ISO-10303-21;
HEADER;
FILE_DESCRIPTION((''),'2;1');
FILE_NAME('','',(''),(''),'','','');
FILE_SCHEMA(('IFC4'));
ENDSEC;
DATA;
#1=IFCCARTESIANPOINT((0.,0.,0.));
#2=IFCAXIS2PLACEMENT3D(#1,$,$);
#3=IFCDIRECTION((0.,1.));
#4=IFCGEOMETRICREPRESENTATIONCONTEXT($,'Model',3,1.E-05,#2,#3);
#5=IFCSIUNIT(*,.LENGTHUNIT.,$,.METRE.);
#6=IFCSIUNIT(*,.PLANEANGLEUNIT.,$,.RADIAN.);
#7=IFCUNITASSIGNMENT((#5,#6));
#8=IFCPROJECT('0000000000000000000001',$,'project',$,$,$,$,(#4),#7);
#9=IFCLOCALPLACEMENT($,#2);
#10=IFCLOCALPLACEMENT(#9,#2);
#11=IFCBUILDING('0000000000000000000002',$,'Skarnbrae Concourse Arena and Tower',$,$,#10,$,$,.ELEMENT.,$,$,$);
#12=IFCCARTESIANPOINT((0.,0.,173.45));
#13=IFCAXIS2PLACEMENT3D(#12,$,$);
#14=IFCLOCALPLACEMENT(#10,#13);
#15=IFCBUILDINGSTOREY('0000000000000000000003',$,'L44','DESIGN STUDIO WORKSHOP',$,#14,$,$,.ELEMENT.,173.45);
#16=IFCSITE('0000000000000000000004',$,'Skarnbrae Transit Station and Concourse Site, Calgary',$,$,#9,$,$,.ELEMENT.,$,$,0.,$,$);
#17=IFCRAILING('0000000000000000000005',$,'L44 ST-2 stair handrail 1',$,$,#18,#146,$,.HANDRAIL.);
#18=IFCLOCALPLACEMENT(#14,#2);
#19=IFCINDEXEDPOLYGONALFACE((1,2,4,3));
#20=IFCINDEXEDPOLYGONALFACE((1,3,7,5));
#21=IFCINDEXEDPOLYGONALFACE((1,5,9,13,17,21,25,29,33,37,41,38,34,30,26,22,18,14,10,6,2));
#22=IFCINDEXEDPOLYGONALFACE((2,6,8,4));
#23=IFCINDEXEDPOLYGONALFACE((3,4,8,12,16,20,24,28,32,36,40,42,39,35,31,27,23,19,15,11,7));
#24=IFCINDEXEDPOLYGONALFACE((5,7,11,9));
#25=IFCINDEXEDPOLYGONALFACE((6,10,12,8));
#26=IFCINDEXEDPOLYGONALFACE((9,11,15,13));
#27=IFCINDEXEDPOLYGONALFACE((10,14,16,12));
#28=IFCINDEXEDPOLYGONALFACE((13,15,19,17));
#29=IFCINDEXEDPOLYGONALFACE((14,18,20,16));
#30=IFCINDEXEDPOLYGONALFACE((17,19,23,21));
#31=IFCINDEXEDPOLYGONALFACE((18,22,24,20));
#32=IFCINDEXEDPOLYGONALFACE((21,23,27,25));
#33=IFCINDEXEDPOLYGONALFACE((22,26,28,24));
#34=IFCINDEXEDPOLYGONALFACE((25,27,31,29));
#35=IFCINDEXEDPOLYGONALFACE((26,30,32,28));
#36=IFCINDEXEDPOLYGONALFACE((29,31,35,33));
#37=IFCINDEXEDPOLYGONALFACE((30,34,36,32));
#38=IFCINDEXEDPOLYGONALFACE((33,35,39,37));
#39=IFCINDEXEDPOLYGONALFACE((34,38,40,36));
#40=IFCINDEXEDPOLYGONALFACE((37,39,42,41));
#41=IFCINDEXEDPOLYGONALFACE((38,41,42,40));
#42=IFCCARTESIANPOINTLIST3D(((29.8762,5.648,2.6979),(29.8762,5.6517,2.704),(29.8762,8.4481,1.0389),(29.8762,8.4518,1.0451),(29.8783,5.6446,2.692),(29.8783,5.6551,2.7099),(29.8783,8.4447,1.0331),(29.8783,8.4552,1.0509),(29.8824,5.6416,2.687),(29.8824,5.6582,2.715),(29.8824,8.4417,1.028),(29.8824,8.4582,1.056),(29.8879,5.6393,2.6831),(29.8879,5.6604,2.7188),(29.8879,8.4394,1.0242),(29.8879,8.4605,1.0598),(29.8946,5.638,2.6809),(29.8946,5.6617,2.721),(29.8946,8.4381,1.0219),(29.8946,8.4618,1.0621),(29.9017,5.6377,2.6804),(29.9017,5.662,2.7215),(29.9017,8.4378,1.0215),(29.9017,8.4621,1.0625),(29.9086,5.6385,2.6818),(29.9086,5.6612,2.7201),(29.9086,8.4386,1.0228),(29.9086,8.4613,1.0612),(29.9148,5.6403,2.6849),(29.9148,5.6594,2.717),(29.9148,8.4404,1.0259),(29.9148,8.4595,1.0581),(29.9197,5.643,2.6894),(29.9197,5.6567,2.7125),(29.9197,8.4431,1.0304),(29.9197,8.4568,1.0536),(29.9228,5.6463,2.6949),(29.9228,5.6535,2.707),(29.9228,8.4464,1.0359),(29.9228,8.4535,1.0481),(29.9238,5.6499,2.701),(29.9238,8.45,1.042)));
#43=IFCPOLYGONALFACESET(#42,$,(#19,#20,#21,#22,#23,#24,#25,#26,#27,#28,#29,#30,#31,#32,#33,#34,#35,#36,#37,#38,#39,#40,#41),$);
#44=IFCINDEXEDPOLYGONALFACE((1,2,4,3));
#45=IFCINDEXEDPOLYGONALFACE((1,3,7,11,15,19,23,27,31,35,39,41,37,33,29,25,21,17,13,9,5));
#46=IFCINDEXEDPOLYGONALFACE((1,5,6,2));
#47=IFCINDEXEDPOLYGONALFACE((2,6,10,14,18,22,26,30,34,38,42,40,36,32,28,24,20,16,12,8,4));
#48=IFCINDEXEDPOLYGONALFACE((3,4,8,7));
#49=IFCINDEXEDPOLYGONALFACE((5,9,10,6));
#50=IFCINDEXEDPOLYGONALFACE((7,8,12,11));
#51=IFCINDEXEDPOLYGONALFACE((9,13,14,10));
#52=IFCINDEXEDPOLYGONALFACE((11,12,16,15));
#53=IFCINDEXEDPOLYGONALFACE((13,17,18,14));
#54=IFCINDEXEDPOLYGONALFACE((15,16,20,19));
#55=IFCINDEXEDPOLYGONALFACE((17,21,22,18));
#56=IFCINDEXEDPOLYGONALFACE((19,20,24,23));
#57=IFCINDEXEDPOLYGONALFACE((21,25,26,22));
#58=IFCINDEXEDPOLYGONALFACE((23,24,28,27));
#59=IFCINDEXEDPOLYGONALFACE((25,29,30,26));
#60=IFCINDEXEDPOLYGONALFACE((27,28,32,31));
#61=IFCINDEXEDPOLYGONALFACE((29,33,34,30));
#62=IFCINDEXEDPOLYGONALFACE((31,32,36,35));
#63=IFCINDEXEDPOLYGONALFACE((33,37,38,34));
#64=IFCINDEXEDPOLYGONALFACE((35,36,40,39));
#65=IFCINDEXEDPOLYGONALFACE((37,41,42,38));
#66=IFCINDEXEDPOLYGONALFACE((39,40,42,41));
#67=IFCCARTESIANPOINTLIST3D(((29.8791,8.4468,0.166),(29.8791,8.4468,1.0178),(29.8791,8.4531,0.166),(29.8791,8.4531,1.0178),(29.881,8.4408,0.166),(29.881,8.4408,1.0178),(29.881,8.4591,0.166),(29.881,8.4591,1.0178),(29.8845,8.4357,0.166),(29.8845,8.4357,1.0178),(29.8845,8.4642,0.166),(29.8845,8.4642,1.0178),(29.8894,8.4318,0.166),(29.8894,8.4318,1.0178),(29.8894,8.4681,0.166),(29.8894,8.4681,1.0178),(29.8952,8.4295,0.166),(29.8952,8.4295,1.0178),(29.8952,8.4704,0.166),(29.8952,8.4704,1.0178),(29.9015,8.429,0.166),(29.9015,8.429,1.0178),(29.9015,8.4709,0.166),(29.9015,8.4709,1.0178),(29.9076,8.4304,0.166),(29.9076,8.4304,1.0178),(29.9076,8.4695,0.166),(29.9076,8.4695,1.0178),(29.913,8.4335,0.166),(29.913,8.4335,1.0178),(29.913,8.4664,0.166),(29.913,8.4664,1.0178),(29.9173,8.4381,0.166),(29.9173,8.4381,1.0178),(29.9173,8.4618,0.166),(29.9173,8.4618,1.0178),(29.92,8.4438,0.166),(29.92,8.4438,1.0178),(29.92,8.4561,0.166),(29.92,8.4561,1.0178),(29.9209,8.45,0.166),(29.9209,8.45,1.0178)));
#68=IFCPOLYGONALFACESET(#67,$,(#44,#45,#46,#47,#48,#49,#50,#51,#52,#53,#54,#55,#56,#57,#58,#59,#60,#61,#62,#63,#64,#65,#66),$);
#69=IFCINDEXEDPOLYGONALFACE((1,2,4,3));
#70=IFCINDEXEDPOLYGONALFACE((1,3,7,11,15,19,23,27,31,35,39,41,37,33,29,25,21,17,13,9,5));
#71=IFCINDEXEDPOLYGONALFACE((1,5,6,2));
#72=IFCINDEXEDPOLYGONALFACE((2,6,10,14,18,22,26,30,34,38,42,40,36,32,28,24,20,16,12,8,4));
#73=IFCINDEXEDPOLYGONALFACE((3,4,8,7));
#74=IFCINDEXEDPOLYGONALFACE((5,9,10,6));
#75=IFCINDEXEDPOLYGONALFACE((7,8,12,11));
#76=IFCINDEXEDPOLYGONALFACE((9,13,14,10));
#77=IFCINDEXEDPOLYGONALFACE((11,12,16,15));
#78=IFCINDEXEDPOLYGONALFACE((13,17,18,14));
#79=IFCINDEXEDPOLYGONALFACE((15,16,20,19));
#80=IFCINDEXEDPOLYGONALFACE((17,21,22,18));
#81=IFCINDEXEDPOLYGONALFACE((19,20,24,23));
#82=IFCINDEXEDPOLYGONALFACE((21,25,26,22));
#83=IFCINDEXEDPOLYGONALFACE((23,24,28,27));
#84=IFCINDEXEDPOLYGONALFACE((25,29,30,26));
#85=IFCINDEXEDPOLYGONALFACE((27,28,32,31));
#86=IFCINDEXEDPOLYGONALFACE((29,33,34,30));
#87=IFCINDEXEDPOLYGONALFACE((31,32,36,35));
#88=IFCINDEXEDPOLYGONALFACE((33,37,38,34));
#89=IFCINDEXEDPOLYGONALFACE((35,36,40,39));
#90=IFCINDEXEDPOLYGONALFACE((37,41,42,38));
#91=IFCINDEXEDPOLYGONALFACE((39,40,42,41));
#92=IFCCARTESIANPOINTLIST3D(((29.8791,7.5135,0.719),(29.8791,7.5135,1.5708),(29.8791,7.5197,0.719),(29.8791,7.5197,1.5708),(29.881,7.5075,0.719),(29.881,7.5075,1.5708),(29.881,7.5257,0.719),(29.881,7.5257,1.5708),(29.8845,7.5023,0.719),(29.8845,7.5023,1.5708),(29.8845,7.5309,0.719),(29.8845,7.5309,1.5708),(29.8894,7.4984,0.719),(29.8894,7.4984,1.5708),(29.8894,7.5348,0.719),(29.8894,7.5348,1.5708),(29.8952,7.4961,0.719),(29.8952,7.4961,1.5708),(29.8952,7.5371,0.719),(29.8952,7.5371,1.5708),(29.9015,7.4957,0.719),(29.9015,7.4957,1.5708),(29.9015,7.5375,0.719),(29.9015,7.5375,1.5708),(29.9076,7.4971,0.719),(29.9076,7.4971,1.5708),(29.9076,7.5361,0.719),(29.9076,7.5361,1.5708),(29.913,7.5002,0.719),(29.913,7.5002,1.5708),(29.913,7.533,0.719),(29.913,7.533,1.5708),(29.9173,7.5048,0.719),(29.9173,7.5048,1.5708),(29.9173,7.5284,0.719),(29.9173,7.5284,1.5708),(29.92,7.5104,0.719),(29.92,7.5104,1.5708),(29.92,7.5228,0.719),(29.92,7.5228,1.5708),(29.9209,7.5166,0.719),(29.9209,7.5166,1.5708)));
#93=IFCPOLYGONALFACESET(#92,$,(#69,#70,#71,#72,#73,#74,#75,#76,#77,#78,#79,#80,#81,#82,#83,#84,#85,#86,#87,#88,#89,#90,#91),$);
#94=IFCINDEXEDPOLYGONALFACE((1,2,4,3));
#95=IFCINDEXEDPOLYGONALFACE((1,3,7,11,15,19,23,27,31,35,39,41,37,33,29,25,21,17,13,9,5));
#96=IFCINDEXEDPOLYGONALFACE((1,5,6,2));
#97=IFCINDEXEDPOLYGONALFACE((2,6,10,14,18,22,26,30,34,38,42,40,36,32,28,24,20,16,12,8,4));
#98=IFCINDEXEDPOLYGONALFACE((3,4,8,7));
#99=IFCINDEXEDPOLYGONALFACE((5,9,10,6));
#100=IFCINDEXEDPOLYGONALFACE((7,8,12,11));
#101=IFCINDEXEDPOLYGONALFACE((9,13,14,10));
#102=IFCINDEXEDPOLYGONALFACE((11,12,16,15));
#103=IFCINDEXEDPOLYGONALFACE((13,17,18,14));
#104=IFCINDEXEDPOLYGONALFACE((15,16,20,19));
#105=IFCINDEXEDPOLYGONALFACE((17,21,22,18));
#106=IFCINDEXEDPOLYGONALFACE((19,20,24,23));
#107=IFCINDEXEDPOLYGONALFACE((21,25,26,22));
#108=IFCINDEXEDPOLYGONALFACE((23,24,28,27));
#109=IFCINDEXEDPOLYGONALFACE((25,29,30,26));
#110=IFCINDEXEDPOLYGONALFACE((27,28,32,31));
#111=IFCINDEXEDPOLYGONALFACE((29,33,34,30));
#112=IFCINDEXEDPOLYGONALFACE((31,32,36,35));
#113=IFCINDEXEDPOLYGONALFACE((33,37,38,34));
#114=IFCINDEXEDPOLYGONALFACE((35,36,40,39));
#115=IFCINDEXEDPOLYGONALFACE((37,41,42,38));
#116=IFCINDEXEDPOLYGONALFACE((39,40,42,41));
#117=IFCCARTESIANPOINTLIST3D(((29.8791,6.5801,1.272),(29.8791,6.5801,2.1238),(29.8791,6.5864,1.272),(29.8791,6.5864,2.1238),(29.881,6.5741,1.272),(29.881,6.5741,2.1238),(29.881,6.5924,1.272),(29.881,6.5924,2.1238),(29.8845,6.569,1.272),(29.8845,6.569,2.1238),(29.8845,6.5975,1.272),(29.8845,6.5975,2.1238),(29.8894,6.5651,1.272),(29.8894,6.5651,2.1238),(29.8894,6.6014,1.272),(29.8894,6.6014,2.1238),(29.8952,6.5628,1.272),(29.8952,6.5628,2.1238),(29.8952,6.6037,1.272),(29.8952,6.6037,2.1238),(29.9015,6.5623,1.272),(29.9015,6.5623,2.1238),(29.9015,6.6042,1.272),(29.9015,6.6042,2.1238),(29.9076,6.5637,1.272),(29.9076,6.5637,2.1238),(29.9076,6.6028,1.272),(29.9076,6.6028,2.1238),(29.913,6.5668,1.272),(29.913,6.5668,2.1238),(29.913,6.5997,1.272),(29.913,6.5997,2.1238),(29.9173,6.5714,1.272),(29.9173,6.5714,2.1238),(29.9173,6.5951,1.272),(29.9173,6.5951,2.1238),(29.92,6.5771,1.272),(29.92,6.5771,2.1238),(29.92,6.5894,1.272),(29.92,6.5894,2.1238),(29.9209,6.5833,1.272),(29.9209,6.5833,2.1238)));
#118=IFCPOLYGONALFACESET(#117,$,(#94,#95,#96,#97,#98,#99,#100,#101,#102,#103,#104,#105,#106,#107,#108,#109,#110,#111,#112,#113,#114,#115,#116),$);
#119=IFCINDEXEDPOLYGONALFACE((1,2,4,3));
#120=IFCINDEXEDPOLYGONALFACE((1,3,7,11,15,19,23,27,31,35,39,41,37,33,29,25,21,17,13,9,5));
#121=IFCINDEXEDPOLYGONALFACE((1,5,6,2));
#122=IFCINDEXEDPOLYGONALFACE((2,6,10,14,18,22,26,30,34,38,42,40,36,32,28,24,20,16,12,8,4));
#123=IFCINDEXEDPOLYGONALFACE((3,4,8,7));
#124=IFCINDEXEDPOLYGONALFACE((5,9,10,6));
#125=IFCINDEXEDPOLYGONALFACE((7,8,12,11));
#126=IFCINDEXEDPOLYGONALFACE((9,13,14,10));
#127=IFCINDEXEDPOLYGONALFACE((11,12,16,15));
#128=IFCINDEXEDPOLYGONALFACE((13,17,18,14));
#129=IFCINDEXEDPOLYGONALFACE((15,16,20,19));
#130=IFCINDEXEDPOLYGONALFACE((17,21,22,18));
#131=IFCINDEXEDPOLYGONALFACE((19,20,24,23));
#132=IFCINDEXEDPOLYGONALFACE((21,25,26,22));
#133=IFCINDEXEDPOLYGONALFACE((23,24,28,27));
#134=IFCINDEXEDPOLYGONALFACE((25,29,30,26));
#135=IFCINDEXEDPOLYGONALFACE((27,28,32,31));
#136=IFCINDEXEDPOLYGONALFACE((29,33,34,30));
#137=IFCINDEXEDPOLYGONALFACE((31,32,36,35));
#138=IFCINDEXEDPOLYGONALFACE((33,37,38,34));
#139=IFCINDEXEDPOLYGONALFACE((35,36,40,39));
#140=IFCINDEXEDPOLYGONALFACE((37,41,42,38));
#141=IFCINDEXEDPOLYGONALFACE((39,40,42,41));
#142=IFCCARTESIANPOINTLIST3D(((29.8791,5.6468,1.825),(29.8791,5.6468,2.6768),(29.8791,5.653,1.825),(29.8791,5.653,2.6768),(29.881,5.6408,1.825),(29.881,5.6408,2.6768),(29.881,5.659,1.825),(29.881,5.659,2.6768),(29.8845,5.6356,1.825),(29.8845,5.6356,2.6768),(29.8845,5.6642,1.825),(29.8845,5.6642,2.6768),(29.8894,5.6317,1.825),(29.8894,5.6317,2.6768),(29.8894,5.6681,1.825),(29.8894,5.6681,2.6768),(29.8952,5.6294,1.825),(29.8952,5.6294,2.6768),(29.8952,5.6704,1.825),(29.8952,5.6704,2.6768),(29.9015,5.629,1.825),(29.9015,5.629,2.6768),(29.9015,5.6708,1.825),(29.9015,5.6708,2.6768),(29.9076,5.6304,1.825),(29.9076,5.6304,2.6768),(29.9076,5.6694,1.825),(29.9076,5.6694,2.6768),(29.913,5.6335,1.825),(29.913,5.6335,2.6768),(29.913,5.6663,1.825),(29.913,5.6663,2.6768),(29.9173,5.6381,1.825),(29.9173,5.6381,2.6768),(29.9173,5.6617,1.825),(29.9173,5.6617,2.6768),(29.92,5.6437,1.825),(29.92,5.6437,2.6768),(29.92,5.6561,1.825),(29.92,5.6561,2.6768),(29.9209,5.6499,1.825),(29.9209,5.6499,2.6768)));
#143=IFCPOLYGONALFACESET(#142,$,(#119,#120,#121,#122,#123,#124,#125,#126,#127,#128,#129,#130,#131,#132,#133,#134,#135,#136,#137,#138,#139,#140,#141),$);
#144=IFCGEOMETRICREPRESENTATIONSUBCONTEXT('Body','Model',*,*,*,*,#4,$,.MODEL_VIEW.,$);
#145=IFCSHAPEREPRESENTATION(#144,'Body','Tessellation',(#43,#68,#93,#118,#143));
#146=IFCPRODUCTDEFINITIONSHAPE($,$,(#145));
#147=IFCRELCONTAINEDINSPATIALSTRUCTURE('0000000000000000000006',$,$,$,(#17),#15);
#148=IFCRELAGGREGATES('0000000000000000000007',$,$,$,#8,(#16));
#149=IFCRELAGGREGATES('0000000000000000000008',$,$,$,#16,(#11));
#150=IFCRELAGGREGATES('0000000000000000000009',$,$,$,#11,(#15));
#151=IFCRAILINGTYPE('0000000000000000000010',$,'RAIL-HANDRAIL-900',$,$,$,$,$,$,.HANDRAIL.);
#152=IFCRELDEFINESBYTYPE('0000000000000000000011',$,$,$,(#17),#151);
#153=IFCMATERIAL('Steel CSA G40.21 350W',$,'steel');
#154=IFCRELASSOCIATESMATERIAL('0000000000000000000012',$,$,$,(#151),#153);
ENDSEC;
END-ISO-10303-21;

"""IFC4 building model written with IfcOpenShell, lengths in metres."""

from ifc_helpers import new_model, si_unit, direction, frame, origin, origin_2d, place, context, subcontext, project, spatial, circle, extrude, material, type_object, element, save


model = new_model("IFC4")

# Units and contexts
model_context = context("Model", 3, precision=1e-05, world=origin(), true_north=direction((0.0, 1.0)))
body_context = subcontext(model_context, "Body", "Model", "MODEL_VIEW")
ifc_project = project(units=[si_unit("LENGTHUNIT", "METRE"), si_unit("PLANEANGLEUNIT", "RADIAN")], contexts=[model_context])

# Site, building, storey
site_placement = place(None, origin())
site = spatial("IfcSite", under=ifc_project, at=site_placement, Name="Skarnbrae Transit Station and Concourse Site, Calgary", CompositionType="ELEMENT", RefElevation=0.0)
building_placement = place(site_placement, origin())
building = spatial("IfcBuilding", under=site, at=building_placement, Name="Skarnbrae Concourse Arena and Tower", CompositionType="ELEMENT")
storey_placement = place(building_placement, frame((0.0, 0.0, 173.45)))
storey = spatial("IfcBuildingStorey", under=building, at=storey_placement, Name="L44", Description="DESIGN STUDIO WORKSHOP", CompositionType="ELEMENT", Elevation=173.45)

# Shared definitions
ifc_material_1 = material(Name="Steel CSA G40.21 350W", Category="steel")

# Railing
railing_type_1 = type_object("IfcRailingType", Name="RAIL-HANDRAIL-900", PredefinedType="HANDRAIL", material=ifc_material_1)
railing_1_placement = place(storey_placement, frame((29.8999, 8.45, 0.166)))
element("IfcRailing", 1, at=railing_1_placement, inside=storey, type_object=railing_type_1, Name="L44 ST-2 stair handrail 1", PredefinedType="HANDRAIL", context=body_context, shape_type="SweptSolid", body=[
    extrude(circle(Radius=0.0239, at=origin_2d()), frame((0.0, 0.0, 0.876), z_axis=(0.0, -0.860339, 0.509722), x_axis=(1.0, 0.0, 0.0)), (0.0, 0.0, 1.0), 3.2546),
    extrude(circle(Radius=0.021, at=origin_2d()), origin(), (0.0, 0.0, 1.0), 0.8518),
    extrude(circle(Radius=0.021, at=origin_2d()), frame((0.0, -0.9333, 0.553)), (0.0, 0.0, 1.0), 0.8518),
    extrude(circle(Radius=0.021, at=origin_2d()), frame((0.0, -1.8667, 1.106)), (0.0, 0.0, 1.0), 0.8518),
    extrude(circle(Radius=0.021, at=origin_2d()), frame((0.0, -2.8, 1.6589)), (0.0, 0.0, 1.0), 0.8518),
])

save(model, "model.ifc")
